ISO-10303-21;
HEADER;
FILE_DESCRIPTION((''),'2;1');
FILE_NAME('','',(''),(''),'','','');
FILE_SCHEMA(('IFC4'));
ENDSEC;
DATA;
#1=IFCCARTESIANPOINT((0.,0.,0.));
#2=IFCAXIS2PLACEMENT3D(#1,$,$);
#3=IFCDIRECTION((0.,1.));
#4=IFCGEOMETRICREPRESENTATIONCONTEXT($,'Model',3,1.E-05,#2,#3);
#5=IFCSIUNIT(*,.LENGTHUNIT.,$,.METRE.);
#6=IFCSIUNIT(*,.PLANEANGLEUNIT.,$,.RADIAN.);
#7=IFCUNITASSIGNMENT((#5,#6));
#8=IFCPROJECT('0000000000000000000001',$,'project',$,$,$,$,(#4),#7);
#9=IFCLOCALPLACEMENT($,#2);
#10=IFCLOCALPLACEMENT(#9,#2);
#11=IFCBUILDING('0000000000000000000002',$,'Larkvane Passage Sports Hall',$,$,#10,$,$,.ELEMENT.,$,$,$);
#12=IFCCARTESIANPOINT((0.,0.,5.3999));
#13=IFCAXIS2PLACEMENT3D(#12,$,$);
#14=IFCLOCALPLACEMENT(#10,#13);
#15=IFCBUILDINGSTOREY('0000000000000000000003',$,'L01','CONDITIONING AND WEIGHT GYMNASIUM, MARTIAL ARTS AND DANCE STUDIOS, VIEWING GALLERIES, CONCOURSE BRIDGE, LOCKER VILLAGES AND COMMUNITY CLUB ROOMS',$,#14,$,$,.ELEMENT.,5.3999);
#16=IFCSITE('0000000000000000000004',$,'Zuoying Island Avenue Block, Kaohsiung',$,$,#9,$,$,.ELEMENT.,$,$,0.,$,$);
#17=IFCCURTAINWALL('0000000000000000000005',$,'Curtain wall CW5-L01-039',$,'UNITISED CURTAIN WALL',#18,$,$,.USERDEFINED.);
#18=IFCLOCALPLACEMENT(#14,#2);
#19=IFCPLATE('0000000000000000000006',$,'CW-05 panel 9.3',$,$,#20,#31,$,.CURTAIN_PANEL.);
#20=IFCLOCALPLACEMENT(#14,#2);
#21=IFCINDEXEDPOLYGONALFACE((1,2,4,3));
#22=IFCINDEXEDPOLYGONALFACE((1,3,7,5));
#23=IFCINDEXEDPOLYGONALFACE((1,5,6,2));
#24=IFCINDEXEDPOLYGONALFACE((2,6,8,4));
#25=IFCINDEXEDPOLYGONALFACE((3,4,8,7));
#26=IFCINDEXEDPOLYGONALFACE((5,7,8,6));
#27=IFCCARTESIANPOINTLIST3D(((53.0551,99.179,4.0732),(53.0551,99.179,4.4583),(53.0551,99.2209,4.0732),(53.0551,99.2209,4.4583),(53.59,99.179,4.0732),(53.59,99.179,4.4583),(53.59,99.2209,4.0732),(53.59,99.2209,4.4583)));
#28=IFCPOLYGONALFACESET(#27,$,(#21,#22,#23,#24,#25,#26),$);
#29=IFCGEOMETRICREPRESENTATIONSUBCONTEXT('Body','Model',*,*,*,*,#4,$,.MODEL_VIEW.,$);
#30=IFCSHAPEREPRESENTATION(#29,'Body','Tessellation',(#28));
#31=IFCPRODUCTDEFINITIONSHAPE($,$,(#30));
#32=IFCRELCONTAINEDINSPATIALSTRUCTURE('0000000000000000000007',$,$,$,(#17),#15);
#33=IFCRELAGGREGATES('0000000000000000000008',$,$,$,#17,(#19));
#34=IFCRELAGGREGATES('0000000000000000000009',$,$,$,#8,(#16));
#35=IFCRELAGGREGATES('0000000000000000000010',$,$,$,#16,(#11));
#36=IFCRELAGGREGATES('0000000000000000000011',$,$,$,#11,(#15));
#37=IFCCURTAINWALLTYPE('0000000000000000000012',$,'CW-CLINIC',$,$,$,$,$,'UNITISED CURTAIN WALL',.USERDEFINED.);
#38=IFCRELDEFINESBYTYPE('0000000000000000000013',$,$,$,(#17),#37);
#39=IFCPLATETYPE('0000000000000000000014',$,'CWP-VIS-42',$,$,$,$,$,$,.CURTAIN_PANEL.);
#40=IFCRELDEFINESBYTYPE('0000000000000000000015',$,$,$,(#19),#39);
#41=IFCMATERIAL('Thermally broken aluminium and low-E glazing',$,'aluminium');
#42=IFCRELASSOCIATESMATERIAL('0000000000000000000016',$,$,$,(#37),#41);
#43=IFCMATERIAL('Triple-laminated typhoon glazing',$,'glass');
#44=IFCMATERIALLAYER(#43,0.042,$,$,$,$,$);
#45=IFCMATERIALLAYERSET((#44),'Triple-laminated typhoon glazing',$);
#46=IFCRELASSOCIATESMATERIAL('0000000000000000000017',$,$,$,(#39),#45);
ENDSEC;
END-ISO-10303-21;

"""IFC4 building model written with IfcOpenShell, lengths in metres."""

from ifc_helpers import new_model, si_unit, direction, frame, origin, origin_2d, place, context, subcontext, project, spatial, rectangle, extrude, material, layer, layer_set, type_object, element, aggregate, save


model = new_model("IFC4")

# Units and contexts
model_context = context("Model", 3, precision=1e-05, world=origin(), true_north=direction((0.0, 1.0)))
body_context = subcontext(model_context, "Body", "Model", "MODEL_VIEW")
ifc_project = project(units=[si_unit("LENGTHUNIT", "METRE"), si_unit("PLANEANGLEUNIT", "RADIAN")], contexts=[model_context])

# Site, building, storey
site_placement = place(None, origin())
site = spatial("IfcSite", under=ifc_project, at=site_placement, Name="Zuoying Island Avenue Block, Kaohsiung", CompositionType="ELEMENT", RefElevation=0.0)
building_placement = place(site_placement, origin())
building = spatial("IfcBuilding", under=site, at=building_placement, Name="Larkvane Passage Sports Hall", CompositionType="ELEMENT")
storey_placement = place(building_placement, frame((0.0, 0.0, 5.3999)))
storey = spatial("IfcBuildingStorey", under=building, at=storey_placement, Name="L01", Description="CONDITIONING AND WEIGHT GYMNASIUM, MARTIAL ARTS AND DANCE STUDIOS, VIEWING GALLERIES, CONCOURSE BRIDGE, LOCKER VILLAGES AND COMMUNITY CLUB ROOMS", CompositionType="ELEMENT", Elevation=5.3999)

# Curtain wall
ifc_material_1 = material(Name="Thermally broken aluminium and low-E glazing", Category="aluminium")
curtain_wall_type_1 = type_object("IfcCurtainWallType", Name="CW-CLINIC", ElementType="UNITISED CURTAIN WALL", PredefinedType="USERDEFINED", material=ifc_material_1)
curtain_wall_1_placement = place(storey_placement, origin())
curtain_wall_1 = element("IfcCurtainWall", 1, at=curtain_wall_1_placement, inside=storey, type_object=curtain_wall_type_1, Name="Curtain wall CW5-L01-039", ObjectType="UNITISED CURTAIN WALL", PredefinedType="USERDEFINED")

# Plate
ifc_material_2 = material(Name="Triple-laminated typhoon glazing", Category="glass")
ifc_layer_1 = layer(ifc_material_2, 0.042)
ifc_layer_set_1 = layer_set([ifc_layer_1], Name="Triple-laminated typhoon glazing")
plate_type_1 = type_object("IfcPlateType", Name="CWP-VIS-42", PredefinedType="CURTAIN_PANEL", material=ifc_layer_set_1)
plate_1_placement = place(storey_placement, frame((53.3225, 99.2, 4.0732), z_axis=(0.0, 0.0, 1.0), x_axis=(1.0, 0.0, 0.0)))
plate_1 = element("IfcPlate", 2, at=plate_1_placement, type_object=plate_type_1, Name="CW-05 panel 9.3", PredefinedType="CURTAIN_PANEL", context=body_context, shape_type="SweptSolid", body=[
    extrude(rectangle(XDim=0.5349, YDim=0.042, at=origin_2d()), origin(), (0.0, 0.0, 1.0), 0.385),
])
aggregate(curtain_wall_1, [plate_1])

save(model, "model.ifc")
